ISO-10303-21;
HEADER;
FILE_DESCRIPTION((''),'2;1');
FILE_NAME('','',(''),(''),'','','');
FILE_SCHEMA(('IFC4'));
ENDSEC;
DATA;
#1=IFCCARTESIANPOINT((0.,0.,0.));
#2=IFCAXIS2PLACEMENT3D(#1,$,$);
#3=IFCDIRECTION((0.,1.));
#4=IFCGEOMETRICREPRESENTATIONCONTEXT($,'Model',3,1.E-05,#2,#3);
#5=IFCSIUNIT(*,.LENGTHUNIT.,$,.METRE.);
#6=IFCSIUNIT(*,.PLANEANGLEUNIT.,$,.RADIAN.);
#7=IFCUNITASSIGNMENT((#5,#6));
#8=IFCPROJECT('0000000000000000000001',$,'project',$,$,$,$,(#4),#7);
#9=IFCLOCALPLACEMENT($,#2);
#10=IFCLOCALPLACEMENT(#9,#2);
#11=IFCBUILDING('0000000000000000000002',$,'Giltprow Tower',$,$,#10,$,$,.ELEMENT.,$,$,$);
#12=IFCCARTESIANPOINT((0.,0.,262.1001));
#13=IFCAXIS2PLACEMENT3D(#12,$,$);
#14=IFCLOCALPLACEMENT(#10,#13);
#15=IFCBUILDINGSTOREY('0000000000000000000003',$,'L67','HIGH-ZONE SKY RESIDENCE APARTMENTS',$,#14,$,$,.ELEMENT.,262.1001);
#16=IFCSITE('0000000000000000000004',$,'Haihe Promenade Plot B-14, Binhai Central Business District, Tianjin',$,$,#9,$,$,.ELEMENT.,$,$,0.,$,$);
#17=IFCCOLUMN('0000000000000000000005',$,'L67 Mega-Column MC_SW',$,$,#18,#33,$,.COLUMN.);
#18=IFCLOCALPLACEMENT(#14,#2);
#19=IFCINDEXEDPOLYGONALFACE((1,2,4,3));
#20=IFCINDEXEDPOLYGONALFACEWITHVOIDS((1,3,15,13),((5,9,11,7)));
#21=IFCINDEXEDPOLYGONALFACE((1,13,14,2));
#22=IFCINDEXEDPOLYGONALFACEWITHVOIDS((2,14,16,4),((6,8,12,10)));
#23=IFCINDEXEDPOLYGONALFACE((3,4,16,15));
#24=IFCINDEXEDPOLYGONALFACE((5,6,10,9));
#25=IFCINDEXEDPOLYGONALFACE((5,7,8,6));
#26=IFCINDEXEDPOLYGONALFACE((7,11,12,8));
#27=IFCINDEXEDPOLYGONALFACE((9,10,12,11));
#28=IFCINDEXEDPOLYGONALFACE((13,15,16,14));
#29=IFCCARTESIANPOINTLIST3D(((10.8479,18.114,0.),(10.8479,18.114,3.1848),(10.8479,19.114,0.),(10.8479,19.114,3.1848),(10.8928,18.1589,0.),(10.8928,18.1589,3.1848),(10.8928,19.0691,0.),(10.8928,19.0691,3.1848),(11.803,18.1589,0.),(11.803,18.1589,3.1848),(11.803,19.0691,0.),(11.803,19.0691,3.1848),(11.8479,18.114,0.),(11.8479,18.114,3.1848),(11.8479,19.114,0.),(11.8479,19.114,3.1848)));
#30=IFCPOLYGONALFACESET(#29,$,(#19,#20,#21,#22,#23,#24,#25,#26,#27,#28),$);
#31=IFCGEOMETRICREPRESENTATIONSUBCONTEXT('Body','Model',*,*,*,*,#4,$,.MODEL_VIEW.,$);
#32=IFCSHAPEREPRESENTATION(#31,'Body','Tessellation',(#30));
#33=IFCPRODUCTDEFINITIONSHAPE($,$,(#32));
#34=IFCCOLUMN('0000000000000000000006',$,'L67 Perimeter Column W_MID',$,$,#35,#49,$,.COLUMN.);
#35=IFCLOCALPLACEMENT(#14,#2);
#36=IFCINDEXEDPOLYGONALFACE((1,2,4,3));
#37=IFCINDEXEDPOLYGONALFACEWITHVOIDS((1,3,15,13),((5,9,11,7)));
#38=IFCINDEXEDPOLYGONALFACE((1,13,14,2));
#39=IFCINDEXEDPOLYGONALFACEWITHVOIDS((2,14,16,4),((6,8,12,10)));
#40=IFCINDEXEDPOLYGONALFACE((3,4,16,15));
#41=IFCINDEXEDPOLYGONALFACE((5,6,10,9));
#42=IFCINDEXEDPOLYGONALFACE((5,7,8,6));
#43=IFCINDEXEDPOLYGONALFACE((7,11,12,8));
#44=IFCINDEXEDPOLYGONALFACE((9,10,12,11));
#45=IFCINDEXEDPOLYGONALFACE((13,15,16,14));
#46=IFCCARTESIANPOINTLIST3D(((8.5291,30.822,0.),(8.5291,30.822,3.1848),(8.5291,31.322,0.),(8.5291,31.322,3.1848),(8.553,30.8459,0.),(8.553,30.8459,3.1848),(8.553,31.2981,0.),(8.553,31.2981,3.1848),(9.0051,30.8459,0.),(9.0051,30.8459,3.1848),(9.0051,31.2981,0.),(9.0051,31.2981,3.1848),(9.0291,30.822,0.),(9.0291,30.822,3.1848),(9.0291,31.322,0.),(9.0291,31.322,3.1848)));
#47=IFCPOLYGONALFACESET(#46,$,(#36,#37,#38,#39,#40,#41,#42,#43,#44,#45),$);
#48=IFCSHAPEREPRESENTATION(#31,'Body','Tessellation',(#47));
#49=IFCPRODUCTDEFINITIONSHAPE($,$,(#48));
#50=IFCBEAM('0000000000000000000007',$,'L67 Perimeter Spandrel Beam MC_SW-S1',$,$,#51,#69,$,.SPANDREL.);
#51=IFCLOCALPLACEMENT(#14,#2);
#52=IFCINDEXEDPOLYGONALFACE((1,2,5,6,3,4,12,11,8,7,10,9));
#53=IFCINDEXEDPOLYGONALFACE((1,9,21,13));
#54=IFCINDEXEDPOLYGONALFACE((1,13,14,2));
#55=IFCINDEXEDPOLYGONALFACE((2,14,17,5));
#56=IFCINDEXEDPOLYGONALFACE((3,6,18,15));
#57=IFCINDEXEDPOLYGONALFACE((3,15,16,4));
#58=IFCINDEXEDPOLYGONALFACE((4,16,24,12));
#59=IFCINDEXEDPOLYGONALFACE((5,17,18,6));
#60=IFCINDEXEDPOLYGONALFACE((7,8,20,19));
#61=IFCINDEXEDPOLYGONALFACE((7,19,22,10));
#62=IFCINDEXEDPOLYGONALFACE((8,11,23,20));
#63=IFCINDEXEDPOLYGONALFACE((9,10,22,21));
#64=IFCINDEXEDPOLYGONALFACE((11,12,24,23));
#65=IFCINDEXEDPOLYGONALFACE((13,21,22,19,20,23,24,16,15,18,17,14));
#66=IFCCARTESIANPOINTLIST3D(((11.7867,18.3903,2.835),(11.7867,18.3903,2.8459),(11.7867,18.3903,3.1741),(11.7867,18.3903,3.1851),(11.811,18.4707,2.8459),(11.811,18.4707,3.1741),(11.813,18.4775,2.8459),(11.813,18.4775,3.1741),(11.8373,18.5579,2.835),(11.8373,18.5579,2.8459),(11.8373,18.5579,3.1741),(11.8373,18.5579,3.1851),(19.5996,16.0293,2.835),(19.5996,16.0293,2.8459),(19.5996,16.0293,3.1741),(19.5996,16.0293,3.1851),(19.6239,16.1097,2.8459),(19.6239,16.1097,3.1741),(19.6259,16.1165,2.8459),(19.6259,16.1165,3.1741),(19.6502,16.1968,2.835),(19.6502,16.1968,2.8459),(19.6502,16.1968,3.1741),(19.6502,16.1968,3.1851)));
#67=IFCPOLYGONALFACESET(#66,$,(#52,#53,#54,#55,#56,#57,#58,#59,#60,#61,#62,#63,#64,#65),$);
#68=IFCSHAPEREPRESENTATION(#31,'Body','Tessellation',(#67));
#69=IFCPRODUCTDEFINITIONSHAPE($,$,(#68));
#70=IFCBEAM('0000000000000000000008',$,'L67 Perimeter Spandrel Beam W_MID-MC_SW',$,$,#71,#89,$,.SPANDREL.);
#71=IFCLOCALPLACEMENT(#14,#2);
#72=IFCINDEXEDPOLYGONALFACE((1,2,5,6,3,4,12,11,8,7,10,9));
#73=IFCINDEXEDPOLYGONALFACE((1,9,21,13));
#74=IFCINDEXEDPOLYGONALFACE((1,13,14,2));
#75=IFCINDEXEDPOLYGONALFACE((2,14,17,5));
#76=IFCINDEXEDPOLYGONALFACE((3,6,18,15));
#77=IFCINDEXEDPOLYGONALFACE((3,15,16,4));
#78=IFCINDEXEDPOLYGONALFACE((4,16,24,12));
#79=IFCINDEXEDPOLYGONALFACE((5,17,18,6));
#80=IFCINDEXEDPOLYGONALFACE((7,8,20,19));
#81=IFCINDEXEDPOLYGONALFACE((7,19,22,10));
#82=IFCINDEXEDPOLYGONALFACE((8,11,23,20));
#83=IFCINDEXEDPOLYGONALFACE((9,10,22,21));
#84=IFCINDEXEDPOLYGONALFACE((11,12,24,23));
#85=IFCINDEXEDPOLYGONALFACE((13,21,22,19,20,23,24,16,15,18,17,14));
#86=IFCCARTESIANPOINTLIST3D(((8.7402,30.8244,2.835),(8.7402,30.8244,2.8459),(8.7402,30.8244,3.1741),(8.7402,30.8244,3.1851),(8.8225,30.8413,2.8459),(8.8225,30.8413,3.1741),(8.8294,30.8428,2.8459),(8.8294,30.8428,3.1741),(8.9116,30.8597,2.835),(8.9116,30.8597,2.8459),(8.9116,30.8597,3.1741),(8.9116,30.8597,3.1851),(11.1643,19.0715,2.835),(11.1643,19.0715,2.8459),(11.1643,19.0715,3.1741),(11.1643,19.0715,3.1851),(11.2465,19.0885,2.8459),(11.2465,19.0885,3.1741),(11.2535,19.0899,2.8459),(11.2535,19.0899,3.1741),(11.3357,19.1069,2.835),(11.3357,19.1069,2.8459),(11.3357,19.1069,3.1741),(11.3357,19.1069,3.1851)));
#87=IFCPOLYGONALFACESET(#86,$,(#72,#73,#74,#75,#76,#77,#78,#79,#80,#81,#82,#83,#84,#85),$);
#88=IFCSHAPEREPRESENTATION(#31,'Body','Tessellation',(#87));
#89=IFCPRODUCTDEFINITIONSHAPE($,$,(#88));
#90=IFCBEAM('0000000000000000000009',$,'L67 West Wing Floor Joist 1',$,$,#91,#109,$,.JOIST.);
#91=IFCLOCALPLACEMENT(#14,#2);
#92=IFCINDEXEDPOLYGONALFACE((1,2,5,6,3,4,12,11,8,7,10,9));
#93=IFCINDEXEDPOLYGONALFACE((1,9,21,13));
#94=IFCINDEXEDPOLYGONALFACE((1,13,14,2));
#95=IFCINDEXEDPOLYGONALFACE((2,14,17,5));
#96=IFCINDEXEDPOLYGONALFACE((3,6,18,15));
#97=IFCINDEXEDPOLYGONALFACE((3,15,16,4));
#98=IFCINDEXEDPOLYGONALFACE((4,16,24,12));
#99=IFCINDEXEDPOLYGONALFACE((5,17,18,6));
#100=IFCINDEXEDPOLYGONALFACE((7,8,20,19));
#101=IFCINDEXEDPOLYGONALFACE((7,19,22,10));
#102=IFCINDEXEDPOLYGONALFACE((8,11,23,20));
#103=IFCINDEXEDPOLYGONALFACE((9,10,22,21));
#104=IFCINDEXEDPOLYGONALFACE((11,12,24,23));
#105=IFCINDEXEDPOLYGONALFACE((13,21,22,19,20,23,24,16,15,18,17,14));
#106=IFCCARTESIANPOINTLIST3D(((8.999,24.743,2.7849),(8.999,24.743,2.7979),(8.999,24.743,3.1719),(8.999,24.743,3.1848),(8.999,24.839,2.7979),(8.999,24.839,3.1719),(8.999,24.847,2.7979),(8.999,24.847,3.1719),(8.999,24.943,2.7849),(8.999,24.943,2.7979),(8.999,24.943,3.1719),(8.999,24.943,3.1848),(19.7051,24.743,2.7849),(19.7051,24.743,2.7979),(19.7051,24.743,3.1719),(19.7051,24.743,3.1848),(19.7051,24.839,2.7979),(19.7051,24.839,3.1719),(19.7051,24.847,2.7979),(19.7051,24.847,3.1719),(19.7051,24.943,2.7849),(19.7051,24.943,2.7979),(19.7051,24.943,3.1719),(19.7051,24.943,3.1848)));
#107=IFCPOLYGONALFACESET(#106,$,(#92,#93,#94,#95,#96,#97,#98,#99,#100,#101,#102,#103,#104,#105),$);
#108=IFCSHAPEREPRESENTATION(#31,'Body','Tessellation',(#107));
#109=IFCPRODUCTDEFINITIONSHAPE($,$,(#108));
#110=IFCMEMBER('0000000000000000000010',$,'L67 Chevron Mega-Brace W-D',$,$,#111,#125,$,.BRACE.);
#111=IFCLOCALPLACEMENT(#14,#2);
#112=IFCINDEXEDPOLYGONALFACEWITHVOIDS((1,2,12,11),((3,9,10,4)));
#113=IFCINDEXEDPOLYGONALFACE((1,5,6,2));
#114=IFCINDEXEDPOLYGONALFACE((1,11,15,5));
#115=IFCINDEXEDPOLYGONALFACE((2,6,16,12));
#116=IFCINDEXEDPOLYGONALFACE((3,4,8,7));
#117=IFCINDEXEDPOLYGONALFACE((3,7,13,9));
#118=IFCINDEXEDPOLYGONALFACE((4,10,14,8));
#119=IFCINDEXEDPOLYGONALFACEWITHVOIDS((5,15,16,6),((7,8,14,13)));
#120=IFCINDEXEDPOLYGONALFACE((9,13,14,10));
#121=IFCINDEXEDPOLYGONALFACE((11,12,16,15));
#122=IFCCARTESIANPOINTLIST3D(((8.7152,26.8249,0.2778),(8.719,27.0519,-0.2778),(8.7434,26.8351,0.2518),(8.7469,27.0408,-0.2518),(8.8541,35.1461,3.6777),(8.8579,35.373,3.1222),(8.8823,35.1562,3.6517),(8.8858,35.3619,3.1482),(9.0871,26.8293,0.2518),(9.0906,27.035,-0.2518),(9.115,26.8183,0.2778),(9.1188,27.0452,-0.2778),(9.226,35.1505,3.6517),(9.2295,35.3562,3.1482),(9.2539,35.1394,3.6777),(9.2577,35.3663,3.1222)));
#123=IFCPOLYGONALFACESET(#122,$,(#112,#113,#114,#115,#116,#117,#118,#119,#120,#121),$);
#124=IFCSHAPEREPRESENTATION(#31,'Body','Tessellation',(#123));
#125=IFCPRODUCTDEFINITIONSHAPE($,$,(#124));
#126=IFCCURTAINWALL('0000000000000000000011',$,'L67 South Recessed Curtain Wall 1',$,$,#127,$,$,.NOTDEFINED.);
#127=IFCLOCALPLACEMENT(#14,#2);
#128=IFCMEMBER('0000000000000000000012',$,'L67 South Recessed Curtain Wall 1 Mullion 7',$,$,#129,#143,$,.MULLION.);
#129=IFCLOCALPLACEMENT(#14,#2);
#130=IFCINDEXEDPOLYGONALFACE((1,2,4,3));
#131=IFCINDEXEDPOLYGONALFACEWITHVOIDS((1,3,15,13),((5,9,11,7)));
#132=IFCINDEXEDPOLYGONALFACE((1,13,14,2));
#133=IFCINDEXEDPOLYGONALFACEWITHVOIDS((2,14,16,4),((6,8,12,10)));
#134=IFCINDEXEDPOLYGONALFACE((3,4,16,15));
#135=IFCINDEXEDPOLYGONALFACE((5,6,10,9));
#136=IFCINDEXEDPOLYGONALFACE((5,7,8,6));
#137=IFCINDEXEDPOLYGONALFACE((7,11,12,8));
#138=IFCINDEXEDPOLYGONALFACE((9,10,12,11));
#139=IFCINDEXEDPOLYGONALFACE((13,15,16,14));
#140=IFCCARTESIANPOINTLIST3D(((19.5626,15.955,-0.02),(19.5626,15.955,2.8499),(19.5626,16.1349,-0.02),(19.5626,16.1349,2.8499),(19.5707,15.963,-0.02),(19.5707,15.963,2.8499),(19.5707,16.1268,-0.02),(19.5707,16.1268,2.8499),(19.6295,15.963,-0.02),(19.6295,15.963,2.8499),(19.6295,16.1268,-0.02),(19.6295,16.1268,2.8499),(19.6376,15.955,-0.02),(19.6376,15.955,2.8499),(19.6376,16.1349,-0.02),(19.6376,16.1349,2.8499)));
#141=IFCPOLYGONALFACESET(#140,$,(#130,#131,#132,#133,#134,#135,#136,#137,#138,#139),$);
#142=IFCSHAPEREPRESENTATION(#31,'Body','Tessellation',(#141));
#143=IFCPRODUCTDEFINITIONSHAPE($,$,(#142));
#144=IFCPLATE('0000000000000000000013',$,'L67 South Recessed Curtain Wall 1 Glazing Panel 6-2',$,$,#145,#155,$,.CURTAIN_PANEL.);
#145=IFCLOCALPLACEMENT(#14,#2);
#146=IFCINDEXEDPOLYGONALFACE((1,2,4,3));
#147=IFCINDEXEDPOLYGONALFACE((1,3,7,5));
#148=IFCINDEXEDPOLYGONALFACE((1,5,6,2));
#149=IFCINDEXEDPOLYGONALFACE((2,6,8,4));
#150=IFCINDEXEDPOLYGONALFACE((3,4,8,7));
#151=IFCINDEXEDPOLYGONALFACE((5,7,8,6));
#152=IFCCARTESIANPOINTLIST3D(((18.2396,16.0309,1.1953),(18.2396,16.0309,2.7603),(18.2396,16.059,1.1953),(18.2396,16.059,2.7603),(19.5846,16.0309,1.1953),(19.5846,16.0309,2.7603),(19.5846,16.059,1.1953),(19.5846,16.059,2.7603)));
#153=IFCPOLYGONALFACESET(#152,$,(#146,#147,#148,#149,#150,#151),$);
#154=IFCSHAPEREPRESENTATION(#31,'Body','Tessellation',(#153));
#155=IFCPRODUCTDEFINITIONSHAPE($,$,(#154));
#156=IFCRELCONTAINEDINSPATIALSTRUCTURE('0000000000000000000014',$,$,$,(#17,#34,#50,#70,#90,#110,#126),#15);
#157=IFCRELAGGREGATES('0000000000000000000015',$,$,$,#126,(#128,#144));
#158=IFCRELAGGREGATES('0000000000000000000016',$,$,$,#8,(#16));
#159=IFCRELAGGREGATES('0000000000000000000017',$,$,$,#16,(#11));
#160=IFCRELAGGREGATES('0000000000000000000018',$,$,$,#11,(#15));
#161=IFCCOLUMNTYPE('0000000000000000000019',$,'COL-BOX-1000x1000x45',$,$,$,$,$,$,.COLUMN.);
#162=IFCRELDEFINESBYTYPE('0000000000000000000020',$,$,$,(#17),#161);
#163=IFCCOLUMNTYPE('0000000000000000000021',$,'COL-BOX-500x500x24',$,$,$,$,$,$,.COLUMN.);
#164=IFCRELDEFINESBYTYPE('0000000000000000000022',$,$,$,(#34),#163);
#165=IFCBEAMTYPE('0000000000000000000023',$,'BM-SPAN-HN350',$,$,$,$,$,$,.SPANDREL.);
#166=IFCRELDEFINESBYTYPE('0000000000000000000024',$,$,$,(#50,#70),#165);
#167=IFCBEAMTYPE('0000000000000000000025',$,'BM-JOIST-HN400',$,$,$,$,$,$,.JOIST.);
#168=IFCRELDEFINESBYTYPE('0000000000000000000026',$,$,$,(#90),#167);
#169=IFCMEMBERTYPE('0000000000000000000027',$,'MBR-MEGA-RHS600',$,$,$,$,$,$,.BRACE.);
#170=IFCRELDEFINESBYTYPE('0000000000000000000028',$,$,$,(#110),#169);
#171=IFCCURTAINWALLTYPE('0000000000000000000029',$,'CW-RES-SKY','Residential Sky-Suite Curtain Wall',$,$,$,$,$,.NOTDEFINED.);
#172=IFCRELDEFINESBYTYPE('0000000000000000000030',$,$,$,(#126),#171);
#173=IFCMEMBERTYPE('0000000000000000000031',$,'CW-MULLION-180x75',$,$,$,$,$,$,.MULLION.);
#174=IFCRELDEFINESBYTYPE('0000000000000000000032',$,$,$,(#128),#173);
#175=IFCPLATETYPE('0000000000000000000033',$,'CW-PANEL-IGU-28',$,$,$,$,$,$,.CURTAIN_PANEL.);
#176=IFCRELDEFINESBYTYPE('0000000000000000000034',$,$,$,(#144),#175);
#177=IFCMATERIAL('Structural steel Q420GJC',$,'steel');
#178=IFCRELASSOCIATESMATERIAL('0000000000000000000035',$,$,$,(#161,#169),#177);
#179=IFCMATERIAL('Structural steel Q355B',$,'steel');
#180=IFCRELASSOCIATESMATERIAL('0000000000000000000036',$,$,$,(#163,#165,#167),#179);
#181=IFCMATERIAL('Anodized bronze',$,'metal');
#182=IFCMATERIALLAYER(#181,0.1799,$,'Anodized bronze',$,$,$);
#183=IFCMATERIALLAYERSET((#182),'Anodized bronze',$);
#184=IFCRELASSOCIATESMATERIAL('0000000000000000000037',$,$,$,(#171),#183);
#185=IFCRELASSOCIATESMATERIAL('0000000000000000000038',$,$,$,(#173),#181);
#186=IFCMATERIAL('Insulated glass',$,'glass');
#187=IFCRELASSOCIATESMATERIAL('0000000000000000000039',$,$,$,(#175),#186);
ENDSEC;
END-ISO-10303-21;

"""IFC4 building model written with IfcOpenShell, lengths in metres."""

from ifc_helpers import new_model, si_unit, direction, frame, origin, origin_2d, place, context, subcontext, project, spatial, rectangle, hollow_rectangle, i_section, extrude, source, transform, mapped, material, layer, layer_set, material_profile, profile_set, type_object, element, aggregate, save


model = new_model("IFC4")

# Units and contexts
model_context = context("Model", 3, precision=1e-05, world=origin(), true_north=direction((0.0, 1.0)))
body_context = subcontext(model_context, "Body", "Model", "MODEL_VIEW")
ifc_project = project(units=[si_unit("LENGTHUNIT", "METRE"), si_unit("PLANEANGLEUNIT", "RADIAN")], contexts=[model_context])

# Site, building, storey
site_placement = place(None, origin())
site = spatial("IfcSite", under=ifc_project, at=site_placement, Name="Haihe Promenade Plot B-14, Binhai Central Business District, Tianjin", CompositionType="ELEMENT", RefElevation=0.0)
building_placement = place(site_placement, origin())
building = spatial("IfcBuilding", under=site, at=building_placement, Name="Giltprow Tower", CompositionType="ELEMENT")
storey_placement = place(building_placement, frame((0.0, 0.0, 262.1001)))
storey = spatial("IfcBuildingStorey", under=building, at=storey_placement, Name="L67", Description="HIGH-ZONE SKY RESIDENCE APARTMENTS", CompositionType="ELEMENT", Elevation=262.1001)

# Columns
ifc_material_1 = material(Name="Structural steel Q420GJC", Category="steel")
ifc_material_profile_1 = material_profile(ifc_material_1, hollow_rectangle(XDim=1.0, YDim=1.0, WallThickness=0.0449, at=origin_2d()), Name="BOX 1000x1000x45")
ifc_profile_set_1 = profile_set([ifc_material_profile_1], Name="Structural steel Q420GJC")
column_type_1 = type_object("IfcColumnType", Name="COL-BOX-1000x1000x45", PredefinedType="COLUMN", material=ifc_profile_set_1)
shared_shape_1 = source(origin(), body_context, "Body", "SweptSolid", [
    extrude(hollow_rectangle(XDim=1.0, YDim=1.0, WallThickness=0.0449, at=origin_2d()), origin(), (0.0, 0.0, 1.0), 3.1848),
])
column_1_placement = place(storey_placement, frame((11.3479, 18.614, 0.0), z_axis=(0.0, 0.0, 1.0), x_axis=(1.0, 0.0, 0.0)))
element("IfcColumn", 1, at=column_1_placement, inside=storey, type_object=column_type_1, Name="L67 Mega-Column MC_SW", PredefinedType="COLUMN", context=body_context, shape_type="MappedRepresentation", body=[
    mapped(shared_shape_1, transform((0.0, 0.0, 0.0), x_axis=(1.0, 0.0, 0.0), y_axis=(0.0, 1.0, 0.0), z_axis=(0.0, 0.0, 1.0), scale=1.0)),
])
ifc_material_2 = material(Name="Structural steel Q355B", Category="steel")
ifc_material_profile_2 = material_profile(ifc_material_2, hollow_rectangle(XDim=0.5, YDim=0.5, WallThickness=0.0239, at=origin_2d()), Name="BOX 500x500x24")
ifc_profile_set_2 = profile_set([ifc_material_profile_2], Name="Structural steel Q355B")
column_type_2 = type_object("IfcColumnType", Name="COL-BOX-500x500x24", PredefinedType="COLUMN", material=ifc_profile_set_2)
shared_shape_2 = source(origin(), body_context, "Body", "SweptSolid", [
    extrude(hollow_rectangle(XDim=0.5, YDim=0.5, WallThickness=0.0239, at=origin_2d()), origin(), (0.0, 0.0, 1.0), 3.1848),
])
column_2_placement = place(storey_placement, frame((8.7791, 31.072, 0.0), z_axis=(0.0, 0.0, 1.0), x_axis=(1.0, 0.0, 0.0)))
element("IfcColumn", 2, at=column_2_placement, inside=storey, type_object=column_type_2, Name="L67 Perimeter Column W_MID", PredefinedType="COLUMN", context=body_context, shape_type="MappedRepresentation", body=[
    mapped(shared_shape_2, transform((0.0, 0.0, 0.0), x_axis=(1.0, 0.0, 0.0), y_axis=(0.0, 1.0, 0.0), z_axis=(0.0, 0.0, 1.0), scale=1.0)),
])

# Beams
ifc_material_profile_3 = material_profile(ifc_material_2, i_section(OverallWidth=0.175, OverallDepth=0.3501, WebThickness=0.0071, FlangeThickness=0.011, at=origin_2d()), Name="HN 350x175x7x11")
ifc_profile_set_3 = profile_set([ifc_material_profile_3], Name="Structural steel Q355B")
beam_type_1 = type_object("IfcBeamType", Name="BM-SPAN-HN350", PredefinedType="SPANDREL", material=ifc_profile_set_3)
shared_shape_3 = source(origin(), body_context, "Body", "SweptSolid", [
    extrude(i_section(OverallWidth=0.175, OverallDepth=0.3501, WebThickness=0.0071, FlangeThickness=0.011, at=origin_2d()), origin(), (0.0, 0.0, 1.0), 8.1619),
])
beam_1_placement = place(storey_placement, frame((11.812, 18.4741, 3.01), z_axis=(0.957245, -0.289279, 0.0), x_axis=(0.289279, 0.957245, 0.0)))
element("IfcBeam", 3, at=beam_1_placement, inside=storey, type_object=beam_type_1, Name="L67 Perimeter Spandrel Beam MC_SW-S1", PredefinedType="SPANDREL", context=body_context, shape_type="MappedRepresentation", body=[
    mapped(shared_shape_3, transform((0.0, 0.0, 0.0), x_axis=(1.0, 0.0, 0.0), y_axis=(0.0, 1.0, 0.0), z_axis=(0.0, 0.0, 1.0), scale=1.0)),
])
shared_shape_4 = source(origin(), body_context, "Body", "SweptSolid", [
    extrude(i_section(OverallWidth=0.175, OverallDepth=0.3501, WebThickness=0.0071, FlangeThickness=0.011, at=origin_2d()), origin(), (0.0, 0.0, 1.0), 12.0002),
])
beam_2_placement = place(storey_placement, frame((8.8259, 30.842, 3.01), z_axis=(0.202001, -0.979385, 0.0), x_axis=(0.979385, 0.202001, 0.0)))
element("IfcBeam", 4, at=beam_2_placement, inside=storey, type_object=beam_type_1, Name="L67 Perimeter Spandrel Beam W_MID-MC_SW", PredefinedType="SPANDREL", context=body_context, shape_type="MappedRepresentation", body=[
    mapped(shared_shape_4, transform((0.0, 0.0, 0.0), x_axis=(1.0, 0.0, 0.0), y_axis=(0.0, 1.0, 0.0), z_axis=(0.0, 0.0, 1.0), scale=1.0)),
])
ifc_material_profile_4 = material_profile(ifc_material_2, i_section(OverallWidth=0.2, OverallDepth=0.3999, WebThickness=0.0081, FlangeThickness=0.0129, at=origin_2d()), Name="HN 400x200x8x13")
ifc_profile_set_4 = profile_set([ifc_material_profile_4], Name="Structural steel Q355B")
beam_type_2 = type_object("IfcBeamType", Name="BM-JOIST-HN400", PredefinedType="JOIST", material=ifc_profile_set_4)
shared_shape_5 = source(origin(), body_context, "Body", "SweptSolid", [
    extrude(i_section(OverallWidth=0.2, OverallDepth=0.3999, WebThickness=0.0081, FlangeThickness=0.0129, at=origin_2d()), origin(), (0.0, 0.0, 1.0), 10.7061),
])
beam_3_placement = place(storey_placement, frame((8.999, 24.843, 2.9849), z_axis=(1.0, 0.0, 0.0), x_axis=(0.0, 1.0, 0.0)))
element("IfcBeam", 5, at=beam_3_placement, inside=storey, type_object=beam_type_2, Name="L67 West Wing Floor Joist 1", PredefinedType="JOIST", context=body_context, shape_type="MappedRepresentation", body=[
    mapped(shared_shape_5, transform((0.0, 0.0, 0.0), x_axis=(1.0, 0.0, 0.0), y_axis=(0.0, 1.0, 0.0), z_axis=(0.0, 0.0, 1.0), scale=1.0)),
])

# Member
ifc_material_profile_5 = material_profile(ifc_material_1, hollow_rectangle(XDim=0.3999, YDim=0.6001, WallThickness=0.0281, at=origin_2d()), Name="RHS 600x400x28")
ifc_profile_set_5 = profile_set([ifc_material_profile_5], Name="Structural steel Q420GJC")
member_type_1 = type_object("IfcMemberType", Name="MBR-MEGA-RHS600", PredefinedType="BRACE", material=ifc_profile_set_5)
shared_shape_6 = source(origin(), body_context, "Body", "SweptSolid", [
    extrude(hollow_rectangle(XDim=0.3999, YDim=0.6001, WallThickness=0.0281, at=origin_2d()), origin(), (0.0, 0.0, 1.0), 8.99),
])
member_1_placement = place(storey_placement, frame((8.917, 26.9351, 0.0), z_axis=(0.015452, 0.925599, 0.378191), x_axis=(-0.999861, 0.016692, 0.0)))
element("IfcMember", 6, at=member_1_placement, inside=storey, type_object=member_type_1, Name="L67 Chevron Mega-Brace W-D", PredefinedType="BRACE", context=body_context, shape_type="MappedRepresentation", body=[
    mapped(shared_shape_6, transform((0.0, 0.0, 0.0), x_axis=(1.0, 0.0, 0.0), y_axis=(0.0, 1.0, 0.0), z_axis=(0.0, 0.0, 1.0), scale=1.0)),
])

# Curtain wall, member, plate
ifc_material_3 = material(Name="Anodized bronze", Category="metal")
ifc_layer_1 = layer(ifc_material_3, 0.1799, Name="Anodized bronze")
ifc_layer_set_1 = layer_set([ifc_layer_1], Name="Anodized bronze")
curtain_wall_type = type_object("IfcCurtainWallType", Name="CW-RES-SKY", Description="Residential Sky-Suite Curtain Wall", PredefinedType="NOTDEFINED", material=ifc_layer_set_1)
curtain_wall_placement = place(storey_placement, origin())
curtain_wall = element("IfcCurtainWall", 7, at=curtain_wall_placement, inside=storey, type_object=curtain_wall_type, Name="L67 South Recessed Curtain Wall 1", PredefinedType="NOTDEFINED")
ifc_material_profile_6 = material_profile(ifc_material_3, hollow_rectangle(XDim=0.075, YDim=0.1799, WallThickness=0.0081, at=origin_2d()), Name="RHS 180x75x8")
ifc_profile_set_6 = profile_set([ifc_material_profile_6], Name="Anodized bronze")
member_type_2 = type_object("IfcMemberType", Name="CW-MULLION-180x75", PredefinedType="MULLION", material=ifc_profile_set_6)
shared_shape_7 = source(origin(), body_context, "Body", "SweptSolid", [
    extrude(hollow_rectangle(XDim=0.075, YDim=0.1799, WallThickness=0.0081, at=origin_2d()), origin(), (0.0, 0.0, 1.0), 2.8699),
])
member_2_placement = place(storey_placement, frame((19.6001, 16.0449, -0.02), z_axis=(0.0, 0.0, 1.0), x_axis=(1.0, 0.0, 0.0)))
member_2 = element("IfcMember", 8, at=member_2_placement, type_object=member_type_2, Name="L67 South Recessed Curtain Wall 1 Mullion 7", PredefinedType="MULLION", context=body_context, shape_type="MappedRepresentation", body=[
    mapped(shared_shape_7, transform((0.0, 0.0, 0.0), x_axis=(1.0, 0.0, 0.0), y_axis=(0.0, 1.0, 0.0), z_axis=(0.0, 0.0, 1.0), scale=1.0)),
])
ifc_material_4 = material(Name="Insulated glass", Category="glass")
plate_type = type_object("IfcPlateType", Name="CW-PANEL-IGU-28", PredefinedType="CURTAIN_PANEL", material=ifc_material_4)
shared_shape_8 = source(origin(), body_context, "Body", "SweptSolid", [
    extrude(rectangle(XDim=1.345, YDim=0.0281, at=origin_2d()), origin(), (0.0, 0.0, 1.0), 1.5649),
])
plate_placement = place(storey_placement, frame((18.9121, 16.0449, 1.1953), z_axis=(0.0, 0.0, 1.0), x_axis=(1.0, 0.0, 0.0)))
plate = element("IfcPlate", 9, at=plate_placement, type_object=plate_type, Name="L67 South Recessed Curtain Wall 1 Glazing Panel 6-2", PredefinedType="CURTAIN_PANEL", context=body_context, shape_type="MappedRepresentation", body=[
    mapped(shared_shape_8, transform((0.0, 0.0, 0.0), x_axis=(1.0, 0.0, 0.0), y_axis=(0.0, 1.0, 0.0), z_axis=(0.0, 0.0, 1.0), scale=1.0)),
])
aggregate(curtain_wall, [member_2, plate])

save(model, "model.ifc")
